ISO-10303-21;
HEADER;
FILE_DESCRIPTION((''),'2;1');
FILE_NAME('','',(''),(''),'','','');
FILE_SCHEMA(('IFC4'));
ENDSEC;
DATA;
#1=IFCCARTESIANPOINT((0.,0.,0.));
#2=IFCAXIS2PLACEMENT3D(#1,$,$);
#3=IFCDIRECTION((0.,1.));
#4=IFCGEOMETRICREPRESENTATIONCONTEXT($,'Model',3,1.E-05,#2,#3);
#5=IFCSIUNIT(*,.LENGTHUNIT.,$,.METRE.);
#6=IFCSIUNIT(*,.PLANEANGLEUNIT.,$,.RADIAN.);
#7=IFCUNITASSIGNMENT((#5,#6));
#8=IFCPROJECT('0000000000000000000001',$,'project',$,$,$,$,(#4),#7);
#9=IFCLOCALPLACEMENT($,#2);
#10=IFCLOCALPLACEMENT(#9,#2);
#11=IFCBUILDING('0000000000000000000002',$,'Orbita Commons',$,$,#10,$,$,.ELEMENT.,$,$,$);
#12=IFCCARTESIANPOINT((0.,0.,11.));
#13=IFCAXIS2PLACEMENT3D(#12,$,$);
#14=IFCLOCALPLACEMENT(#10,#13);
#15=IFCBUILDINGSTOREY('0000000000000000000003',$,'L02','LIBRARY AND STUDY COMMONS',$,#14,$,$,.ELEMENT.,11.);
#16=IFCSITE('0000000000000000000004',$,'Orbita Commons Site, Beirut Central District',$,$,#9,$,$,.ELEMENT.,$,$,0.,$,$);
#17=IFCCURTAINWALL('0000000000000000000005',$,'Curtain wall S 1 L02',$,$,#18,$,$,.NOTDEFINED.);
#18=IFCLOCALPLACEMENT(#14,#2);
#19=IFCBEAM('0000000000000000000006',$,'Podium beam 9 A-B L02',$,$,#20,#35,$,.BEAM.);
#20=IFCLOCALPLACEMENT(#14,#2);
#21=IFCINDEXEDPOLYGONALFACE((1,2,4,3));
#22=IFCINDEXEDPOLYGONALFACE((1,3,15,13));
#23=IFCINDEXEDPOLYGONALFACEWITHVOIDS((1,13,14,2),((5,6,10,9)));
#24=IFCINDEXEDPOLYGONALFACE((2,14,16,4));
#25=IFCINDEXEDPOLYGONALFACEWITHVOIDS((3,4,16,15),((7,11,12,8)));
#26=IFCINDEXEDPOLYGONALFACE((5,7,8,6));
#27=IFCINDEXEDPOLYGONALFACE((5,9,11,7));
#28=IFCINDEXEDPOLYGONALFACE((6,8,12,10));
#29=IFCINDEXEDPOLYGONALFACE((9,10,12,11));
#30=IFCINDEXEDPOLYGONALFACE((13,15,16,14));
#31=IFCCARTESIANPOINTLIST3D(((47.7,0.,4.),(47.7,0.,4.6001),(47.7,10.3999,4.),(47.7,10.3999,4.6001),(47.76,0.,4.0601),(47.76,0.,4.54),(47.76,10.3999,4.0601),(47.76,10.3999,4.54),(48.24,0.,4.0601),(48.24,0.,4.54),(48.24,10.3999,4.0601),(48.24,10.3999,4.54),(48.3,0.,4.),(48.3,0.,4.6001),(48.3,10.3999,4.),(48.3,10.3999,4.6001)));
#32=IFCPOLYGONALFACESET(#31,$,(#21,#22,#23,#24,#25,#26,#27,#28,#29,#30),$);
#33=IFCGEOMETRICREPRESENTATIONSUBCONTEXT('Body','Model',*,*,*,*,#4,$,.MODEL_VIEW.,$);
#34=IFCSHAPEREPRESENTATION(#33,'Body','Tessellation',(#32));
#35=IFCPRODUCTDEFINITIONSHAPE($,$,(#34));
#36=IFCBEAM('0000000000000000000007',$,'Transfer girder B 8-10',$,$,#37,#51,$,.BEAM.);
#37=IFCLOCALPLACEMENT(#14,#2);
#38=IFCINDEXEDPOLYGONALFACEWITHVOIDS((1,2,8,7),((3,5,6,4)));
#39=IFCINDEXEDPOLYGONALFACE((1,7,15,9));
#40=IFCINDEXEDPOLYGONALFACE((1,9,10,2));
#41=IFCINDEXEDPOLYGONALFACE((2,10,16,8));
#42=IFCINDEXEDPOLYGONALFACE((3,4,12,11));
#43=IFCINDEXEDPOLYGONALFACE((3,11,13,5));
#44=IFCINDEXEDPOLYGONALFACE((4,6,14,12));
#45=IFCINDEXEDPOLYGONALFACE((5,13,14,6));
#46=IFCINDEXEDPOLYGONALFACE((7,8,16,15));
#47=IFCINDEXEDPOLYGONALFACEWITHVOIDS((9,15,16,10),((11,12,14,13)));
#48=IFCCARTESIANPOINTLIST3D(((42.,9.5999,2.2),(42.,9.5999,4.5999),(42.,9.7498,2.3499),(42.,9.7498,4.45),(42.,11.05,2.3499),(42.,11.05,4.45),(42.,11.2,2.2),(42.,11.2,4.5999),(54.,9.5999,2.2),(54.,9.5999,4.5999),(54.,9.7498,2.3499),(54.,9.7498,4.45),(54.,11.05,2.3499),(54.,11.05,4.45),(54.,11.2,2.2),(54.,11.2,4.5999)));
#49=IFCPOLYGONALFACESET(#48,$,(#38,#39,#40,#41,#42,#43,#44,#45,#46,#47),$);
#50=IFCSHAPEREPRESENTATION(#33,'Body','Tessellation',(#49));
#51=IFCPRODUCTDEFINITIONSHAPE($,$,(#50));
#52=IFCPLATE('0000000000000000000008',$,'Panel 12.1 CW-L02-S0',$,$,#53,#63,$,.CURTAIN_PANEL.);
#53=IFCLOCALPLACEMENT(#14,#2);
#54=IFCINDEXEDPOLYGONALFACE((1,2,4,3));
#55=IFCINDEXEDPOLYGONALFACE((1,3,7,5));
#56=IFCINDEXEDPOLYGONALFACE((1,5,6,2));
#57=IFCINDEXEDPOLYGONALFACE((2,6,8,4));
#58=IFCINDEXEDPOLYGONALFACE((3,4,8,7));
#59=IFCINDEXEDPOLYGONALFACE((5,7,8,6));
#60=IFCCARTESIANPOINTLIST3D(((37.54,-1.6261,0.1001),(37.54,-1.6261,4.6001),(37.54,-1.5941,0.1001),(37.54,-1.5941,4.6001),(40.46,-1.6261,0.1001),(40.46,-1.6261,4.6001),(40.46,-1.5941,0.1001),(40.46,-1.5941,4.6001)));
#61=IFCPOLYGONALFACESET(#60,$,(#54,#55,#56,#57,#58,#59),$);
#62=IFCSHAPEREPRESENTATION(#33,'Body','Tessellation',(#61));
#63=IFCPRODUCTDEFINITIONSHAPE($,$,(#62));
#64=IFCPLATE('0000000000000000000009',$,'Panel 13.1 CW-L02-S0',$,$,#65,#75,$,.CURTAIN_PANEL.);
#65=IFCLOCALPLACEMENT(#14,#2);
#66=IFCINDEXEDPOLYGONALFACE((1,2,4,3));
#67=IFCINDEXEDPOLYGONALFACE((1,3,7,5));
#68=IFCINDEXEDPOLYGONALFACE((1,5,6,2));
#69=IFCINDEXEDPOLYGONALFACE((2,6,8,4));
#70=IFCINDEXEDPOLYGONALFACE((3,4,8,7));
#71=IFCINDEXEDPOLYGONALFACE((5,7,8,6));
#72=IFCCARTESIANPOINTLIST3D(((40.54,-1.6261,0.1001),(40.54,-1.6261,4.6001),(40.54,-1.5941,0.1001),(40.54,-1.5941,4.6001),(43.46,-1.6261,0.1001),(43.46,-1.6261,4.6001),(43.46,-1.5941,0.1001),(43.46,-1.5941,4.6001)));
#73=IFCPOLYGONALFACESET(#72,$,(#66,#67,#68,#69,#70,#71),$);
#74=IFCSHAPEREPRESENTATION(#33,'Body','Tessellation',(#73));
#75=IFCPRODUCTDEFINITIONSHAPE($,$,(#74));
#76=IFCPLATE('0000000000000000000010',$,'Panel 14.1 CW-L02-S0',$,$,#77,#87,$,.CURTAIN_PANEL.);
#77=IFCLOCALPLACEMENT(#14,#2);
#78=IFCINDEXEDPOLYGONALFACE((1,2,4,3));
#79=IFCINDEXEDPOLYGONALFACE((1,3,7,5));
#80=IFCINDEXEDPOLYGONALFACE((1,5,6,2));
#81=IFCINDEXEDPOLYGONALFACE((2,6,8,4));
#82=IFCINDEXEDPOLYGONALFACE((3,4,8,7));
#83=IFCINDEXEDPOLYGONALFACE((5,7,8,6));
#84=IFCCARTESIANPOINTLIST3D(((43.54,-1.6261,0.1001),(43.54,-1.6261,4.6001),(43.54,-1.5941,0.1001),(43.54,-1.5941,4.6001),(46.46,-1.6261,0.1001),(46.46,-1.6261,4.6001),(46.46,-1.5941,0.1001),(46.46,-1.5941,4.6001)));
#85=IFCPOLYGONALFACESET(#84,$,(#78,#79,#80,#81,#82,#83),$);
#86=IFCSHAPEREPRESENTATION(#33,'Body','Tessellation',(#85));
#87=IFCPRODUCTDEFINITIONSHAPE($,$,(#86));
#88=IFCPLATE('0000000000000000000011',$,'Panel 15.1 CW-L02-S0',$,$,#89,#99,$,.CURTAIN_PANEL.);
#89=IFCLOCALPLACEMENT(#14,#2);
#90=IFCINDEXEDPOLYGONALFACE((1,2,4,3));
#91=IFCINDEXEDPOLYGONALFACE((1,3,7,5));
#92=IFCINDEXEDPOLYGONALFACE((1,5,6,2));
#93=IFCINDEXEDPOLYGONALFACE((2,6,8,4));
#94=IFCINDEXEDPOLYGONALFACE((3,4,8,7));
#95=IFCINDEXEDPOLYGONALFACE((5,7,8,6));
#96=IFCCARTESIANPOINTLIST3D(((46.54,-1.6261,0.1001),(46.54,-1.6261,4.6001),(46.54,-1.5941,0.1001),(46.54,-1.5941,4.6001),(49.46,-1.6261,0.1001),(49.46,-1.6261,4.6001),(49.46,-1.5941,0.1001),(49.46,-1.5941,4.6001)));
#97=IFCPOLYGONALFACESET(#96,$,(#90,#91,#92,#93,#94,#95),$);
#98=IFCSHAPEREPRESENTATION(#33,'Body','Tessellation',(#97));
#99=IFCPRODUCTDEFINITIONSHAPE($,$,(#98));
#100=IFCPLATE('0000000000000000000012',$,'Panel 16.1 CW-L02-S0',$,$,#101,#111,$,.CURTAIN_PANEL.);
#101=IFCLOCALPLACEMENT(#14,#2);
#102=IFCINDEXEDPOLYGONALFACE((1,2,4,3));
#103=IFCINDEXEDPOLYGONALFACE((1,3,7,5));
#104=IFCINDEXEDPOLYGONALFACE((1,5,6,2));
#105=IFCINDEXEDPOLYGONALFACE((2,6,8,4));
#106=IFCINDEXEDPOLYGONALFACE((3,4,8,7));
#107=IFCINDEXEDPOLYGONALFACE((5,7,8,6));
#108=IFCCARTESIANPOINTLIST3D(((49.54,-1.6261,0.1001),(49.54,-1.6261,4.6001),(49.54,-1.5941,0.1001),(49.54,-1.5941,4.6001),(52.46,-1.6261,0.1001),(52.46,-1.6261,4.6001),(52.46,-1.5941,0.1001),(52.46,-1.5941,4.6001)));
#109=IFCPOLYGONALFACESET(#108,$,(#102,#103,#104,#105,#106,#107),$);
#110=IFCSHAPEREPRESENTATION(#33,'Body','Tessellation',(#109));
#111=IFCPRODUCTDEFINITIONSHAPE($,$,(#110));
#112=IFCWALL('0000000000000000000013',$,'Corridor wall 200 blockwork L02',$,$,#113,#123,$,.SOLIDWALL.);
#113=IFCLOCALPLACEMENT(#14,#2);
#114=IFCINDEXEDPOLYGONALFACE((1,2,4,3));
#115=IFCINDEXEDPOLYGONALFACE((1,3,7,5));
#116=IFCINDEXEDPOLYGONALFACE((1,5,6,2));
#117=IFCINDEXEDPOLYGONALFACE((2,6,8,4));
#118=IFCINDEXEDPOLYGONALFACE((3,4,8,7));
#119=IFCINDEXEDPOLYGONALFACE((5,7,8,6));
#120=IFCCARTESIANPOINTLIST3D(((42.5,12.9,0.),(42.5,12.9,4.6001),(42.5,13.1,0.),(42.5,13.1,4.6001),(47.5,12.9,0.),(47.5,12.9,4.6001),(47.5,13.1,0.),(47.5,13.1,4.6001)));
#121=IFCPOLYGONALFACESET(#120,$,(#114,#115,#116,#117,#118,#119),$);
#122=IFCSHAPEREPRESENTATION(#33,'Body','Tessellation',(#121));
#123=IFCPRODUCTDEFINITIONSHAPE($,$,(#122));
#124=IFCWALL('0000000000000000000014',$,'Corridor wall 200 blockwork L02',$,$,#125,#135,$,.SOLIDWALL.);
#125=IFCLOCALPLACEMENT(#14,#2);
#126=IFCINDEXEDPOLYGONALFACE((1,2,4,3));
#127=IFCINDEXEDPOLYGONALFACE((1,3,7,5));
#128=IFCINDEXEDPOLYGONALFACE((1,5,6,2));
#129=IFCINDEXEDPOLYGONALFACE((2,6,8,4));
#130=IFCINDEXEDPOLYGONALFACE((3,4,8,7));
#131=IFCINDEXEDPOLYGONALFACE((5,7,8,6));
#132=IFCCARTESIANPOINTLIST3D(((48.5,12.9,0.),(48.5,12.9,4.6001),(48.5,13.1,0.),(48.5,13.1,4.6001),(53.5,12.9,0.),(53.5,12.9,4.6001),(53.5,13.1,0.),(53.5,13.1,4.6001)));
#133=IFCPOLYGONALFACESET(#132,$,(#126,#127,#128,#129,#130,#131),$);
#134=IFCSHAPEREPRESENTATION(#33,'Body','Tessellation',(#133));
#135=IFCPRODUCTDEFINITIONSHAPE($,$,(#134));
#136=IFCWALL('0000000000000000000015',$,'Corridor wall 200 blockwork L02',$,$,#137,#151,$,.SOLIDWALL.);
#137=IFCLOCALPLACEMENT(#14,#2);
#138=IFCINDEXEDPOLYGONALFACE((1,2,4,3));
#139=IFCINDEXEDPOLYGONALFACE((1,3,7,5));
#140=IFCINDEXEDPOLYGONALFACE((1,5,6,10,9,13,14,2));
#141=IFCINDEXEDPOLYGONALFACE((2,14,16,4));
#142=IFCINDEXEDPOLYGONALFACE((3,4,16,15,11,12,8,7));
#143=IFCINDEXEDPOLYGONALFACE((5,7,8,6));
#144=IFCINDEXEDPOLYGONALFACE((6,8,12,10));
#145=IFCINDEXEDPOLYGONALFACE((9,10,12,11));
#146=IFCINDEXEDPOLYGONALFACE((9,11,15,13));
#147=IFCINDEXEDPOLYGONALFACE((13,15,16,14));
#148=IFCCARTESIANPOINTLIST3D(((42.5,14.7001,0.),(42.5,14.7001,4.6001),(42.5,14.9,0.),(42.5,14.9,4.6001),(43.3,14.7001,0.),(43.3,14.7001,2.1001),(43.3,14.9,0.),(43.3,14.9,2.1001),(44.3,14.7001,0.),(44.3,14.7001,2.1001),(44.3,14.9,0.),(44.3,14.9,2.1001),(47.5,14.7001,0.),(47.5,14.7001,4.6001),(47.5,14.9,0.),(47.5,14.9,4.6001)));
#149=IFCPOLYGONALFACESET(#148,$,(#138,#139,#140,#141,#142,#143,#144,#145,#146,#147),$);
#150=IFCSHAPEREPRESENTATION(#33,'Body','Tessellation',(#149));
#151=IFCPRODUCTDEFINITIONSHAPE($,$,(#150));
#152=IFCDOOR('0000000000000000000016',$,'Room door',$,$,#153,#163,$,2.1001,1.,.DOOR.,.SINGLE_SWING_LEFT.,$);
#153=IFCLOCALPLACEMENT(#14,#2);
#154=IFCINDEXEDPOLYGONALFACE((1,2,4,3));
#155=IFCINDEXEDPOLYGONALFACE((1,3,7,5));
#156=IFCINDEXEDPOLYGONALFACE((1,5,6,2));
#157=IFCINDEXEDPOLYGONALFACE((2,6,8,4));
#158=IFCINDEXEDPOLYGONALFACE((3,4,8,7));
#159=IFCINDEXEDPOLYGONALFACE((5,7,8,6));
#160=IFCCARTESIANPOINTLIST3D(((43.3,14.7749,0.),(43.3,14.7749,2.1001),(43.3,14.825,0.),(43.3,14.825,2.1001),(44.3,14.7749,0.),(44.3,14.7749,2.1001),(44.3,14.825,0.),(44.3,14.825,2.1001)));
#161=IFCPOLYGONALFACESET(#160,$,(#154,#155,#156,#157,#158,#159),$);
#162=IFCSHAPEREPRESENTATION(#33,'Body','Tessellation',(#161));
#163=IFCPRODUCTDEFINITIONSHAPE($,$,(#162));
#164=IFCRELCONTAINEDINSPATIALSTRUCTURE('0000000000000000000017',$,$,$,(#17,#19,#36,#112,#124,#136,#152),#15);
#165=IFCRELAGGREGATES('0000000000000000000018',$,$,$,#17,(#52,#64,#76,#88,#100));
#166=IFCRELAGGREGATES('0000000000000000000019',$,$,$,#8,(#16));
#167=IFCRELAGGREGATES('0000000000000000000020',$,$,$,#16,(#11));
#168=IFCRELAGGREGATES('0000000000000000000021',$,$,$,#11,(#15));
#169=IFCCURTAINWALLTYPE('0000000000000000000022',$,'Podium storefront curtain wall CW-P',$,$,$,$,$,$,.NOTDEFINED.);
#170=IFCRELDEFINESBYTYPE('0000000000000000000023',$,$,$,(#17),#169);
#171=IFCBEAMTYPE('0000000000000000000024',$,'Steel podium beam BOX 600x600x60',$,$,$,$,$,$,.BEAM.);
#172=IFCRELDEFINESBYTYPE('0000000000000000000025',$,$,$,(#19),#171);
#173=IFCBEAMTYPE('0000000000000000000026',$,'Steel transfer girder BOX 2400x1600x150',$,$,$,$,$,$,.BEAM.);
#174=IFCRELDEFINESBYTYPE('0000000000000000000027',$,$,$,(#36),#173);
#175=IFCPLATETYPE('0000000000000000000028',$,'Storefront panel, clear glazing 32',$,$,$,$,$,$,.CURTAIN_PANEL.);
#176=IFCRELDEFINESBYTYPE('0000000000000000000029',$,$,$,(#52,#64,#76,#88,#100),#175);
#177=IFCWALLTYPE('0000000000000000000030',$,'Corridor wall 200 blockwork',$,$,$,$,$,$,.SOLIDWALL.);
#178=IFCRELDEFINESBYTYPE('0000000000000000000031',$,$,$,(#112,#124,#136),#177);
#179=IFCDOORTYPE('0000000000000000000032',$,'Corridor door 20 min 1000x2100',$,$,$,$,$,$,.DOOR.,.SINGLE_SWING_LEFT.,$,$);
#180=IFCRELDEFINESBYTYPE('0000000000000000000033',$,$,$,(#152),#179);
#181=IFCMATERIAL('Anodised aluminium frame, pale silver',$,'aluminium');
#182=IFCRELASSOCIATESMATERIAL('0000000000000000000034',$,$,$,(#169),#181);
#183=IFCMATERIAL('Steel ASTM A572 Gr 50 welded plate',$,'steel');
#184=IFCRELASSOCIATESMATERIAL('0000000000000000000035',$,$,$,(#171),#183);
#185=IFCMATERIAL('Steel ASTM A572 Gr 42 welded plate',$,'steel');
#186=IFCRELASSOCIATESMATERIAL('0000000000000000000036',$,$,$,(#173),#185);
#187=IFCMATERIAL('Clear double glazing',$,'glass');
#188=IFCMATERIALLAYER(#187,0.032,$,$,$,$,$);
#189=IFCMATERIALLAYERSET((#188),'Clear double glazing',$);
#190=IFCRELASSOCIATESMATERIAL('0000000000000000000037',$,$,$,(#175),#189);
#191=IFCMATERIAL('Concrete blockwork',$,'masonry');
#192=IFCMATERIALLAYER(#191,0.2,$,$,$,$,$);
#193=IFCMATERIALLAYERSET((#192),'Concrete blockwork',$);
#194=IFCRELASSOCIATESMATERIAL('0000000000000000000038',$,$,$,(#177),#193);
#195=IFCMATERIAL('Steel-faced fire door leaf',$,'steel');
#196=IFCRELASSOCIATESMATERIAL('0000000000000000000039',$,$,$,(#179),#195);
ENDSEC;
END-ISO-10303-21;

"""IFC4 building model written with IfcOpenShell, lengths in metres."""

from ifc_helpers import new_model, si_unit, direction, frame, frame_2d, origin, origin_2d, place, context, subcontext, project, spatial, rectangle, hollow_rectangle, extrude, material, layer, layer_set, material_profile, profile_set, type_object, element, fill, aggregate, save


model = new_model("IFC4")

# Units and contexts
model_context = context("Model", 3, precision=1e-05, world=origin(), true_north=direction((0.0, 1.0)))
body_context = subcontext(model_context, "Body", "Model", "MODEL_VIEW")
ifc_project = project(units=[si_unit("LENGTHUNIT", "METRE"), si_unit("PLANEANGLEUNIT", "RADIAN")], contexts=[model_context])

# Site, building, storey
site_placement = place(None, origin())
site = spatial("IfcSite", under=ifc_project, at=site_placement, Name="Orbita Commons Site, Beirut Central District", CompositionType="ELEMENT", RefElevation=0.0)
building_placement = place(site_placement, origin())
building = spatial("IfcBuilding", under=site, at=building_placement, Name="Orbita Commons", CompositionType="ELEMENT")
storey_placement = place(building_placement, frame((0.0, 0.0, 11.0)))
storey = spatial("IfcBuildingStorey", under=building, at=storey_placement, Name="L02", Description="LIBRARY AND STUDY COMMONS", CompositionType="ELEMENT", Elevation=11.0)

# Curtain wall
ifc_material_1 = material(Name="Anodised aluminium frame, pale silver", Category="aluminium")
curtain_wall_type = type_object("IfcCurtainWallType", Name="Podium storefront curtain wall CW-P", PredefinedType="NOTDEFINED", material=ifc_material_1)
curtain_wall_placement = place(storey_placement, origin())
curtain_wall = element("IfcCurtainWall", 1, at=curtain_wall_placement, inside=storey, type_object=curtain_wall_type, Name="Curtain wall S 1 L02", PredefinedType="NOTDEFINED")

# Beams
ifc_material_2 = material(Name="Steel ASTM A572 Gr 50 welded plate", Category="steel")
ifc_material_profile_1 = material_profile(ifc_material_2, hollow_rectangle(XDim=0.6001, YDim=0.6001, WallThickness=0.0601, at=origin_2d()), Name="BOX 600x600x60")
ifc_profile_set_1 = profile_set([ifc_material_profile_1], Name="Steel ASTM A572 Gr 50 welded plate")
beam_type_1 = type_object("IfcBeamType", Name="Steel podium beam BOX 600x600x60", PredefinedType="BEAM", material=ifc_profile_set_1)
beam_1_placement = place(storey_placement, frame((48.0, 0.0, 4.3), z_axis=(0.0, 1.0, 0.0), x_axis=(-1.0, 0.0, 0.0)))
element("IfcBeam", 2, at=beam_1_placement, inside=storey, type_object=beam_type_1, Name="Podium beam 9 A-B L02", PredefinedType="BEAM", context=body_context, shape_type="SweptSolid", body=[
    extrude(hollow_rectangle(XDim=0.6001, YDim=0.6001, WallThickness=0.0601, at=origin_2d()), origin(), (0.0, 0.0, 1.0), 10.3999),
])
ifc_material_3 = material(Name="Steel ASTM A572 Gr 42 welded plate", Category="steel")
ifc_material_profile_2 = material_profile(ifc_material_3, hollow_rectangle(XDim=1.6001, YDim=2.3999, WallThickness=0.1499, at=origin_2d()), Name="BOX 2400x1600x150")
ifc_profile_set_2 = profile_set([ifc_material_profile_2], Name="Steel ASTM A572 Gr 42 welded plate")
beam_type_2 = type_object("IfcBeamType", Name="Steel transfer girder BOX 2400x1600x150", PredefinedType="BEAM", material=ifc_profile_set_2)
beam_2_placement = place(storey_placement, frame((42.0, 10.3999, 3.3999), z_axis=(1.0, 0.0, 0.0), x_axis=(0.0, 1.0, 0.0)))
element("IfcBeam", 3, at=beam_2_placement, inside=storey, type_object=beam_type_2, Name="Transfer girder B 8-10", PredefinedType="BEAM", context=body_context, shape_type="SweptSolid", body=[
    extrude(hollow_rectangle(XDim=1.6001, YDim=2.3999, WallThickness=0.1499, at=origin_2d()), origin(), (0.0, 0.0, 1.0), 12.0),
])

# Plates
ifc_material_4 = material(Name="Clear double glazing", Category="glass")
ifc_layer_1 = layer(ifc_material_4, 0.032)
ifc_layer_set_1 = layer_set([ifc_layer_1], Name="Clear double glazing")
plate_type = type_object("IfcPlateType", Name="Storefront panel, clear glazing 32", PredefinedType="CURTAIN_PANEL", material=ifc_layer_set_1)
plate_1_placement = place(storey_placement, frame((39.0, -1.6101, 0.1001), z_axis=(0.0, 0.0, 1.0), x_axis=(1.0, 0.0, 0.0)))
plate_1 = element("IfcPlate", 4, at=plate_1_placement, type_object=plate_type, Name="Panel 12.1 CW-L02-S0", PredefinedType="CURTAIN_PANEL", context=body_context, shape_type="SweptSolid", body=[
    extrude(rectangle(XDim=2.9199, YDim=0.032, at=origin_2d()), origin(), (0.0, 0.0, 1.0), 4.5),
])
plate_2_placement = place(storey_placement, frame((42.0, -1.6101, 0.1001), z_axis=(0.0, 0.0, 1.0), x_axis=(1.0, 0.0, 0.0)))
plate_2 = element("IfcPlate", 5, at=plate_2_placement, type_object=plate_type, Name="Panel 13.1 CW-L02-S0", PredefinedType="CURTAIN_PANEL", context=body_context, shape_type="SweptSolid", body=[
    extrude(rectangle(XDim=2.9199, YDim=0.032, at=origin_2d()), origin(), (0.0, 0.0, 1.0), 4.5),
])
plate_3_placement = place(storey_placement, frame((45.0, -1.6101, 0.1001), z_axis=(0.0, 0.0, 1.0), x_axis=(1.0, 0.0, 0.0)))
plate_3 = element("IfcPlate", 6, at=plate_3_placement, type_object=plate_type, Name="Panel 14.1 CW-L02-S0", PredefinedType="CURTAIN_PANEL", context=body_context, shape_type="SweptSolid", body=[
    extrude(rectangle(XDim=2.9199, YDim=0.032, at=origin_2d()), origin(), (0.0, 0.0, 1.0), 4.5),
])
plate_4_placement = place(storey_placement, frame((48.0, -1.6101, 0.1001), z_axis=(0.0, 0.0, 1.0), x_axis=(1.0, 0.0, 0.0)))
plate_4 = element("IfcPlate", 7, at=plate_4_placement, type_object=plate_type, Name="Panel 15.1 CW-L02-S0", PredefinedType="CURTAIN_PANEL", context=body_context, shape_type="SweptSolid", body=[
    extrude(rectangle(XDim=2.9199, YDim=0.032, at=origin_2d()), origin(), (0.0, 0.0, 1.0), 4.5),
])
plate_5_placement = place(storey_placement, frame((51.0, -1.6101, 0.1001), z_axis=(0.0, 0.0, 1.0), x_axis=(1.0, 0.0, 0.0)))
plate_5 = element("IfcPlate", 8, at=plate_5_placement, type_object=plate_type, Name="Panel 16.1 CW-L02-S0", PredefinedType="CURTAIN_PANEL", context=body_context, shape_type="SweptSolid", body=[
    extrude(rectangle(XDim=2.9199, YDim=0.032, at=origin_2d()), origin(), (0.0, 0.0, 1.0), 4.5),
])
aggregate(curtain_wall, [plate_1, plate_2, plate_3, plate_4, plate_5])

# Walls
ifc_material_5 = material(Name="Concrete blockwork", Category="masonry")
ifc_layer_2 = layer(ifc_material_5, 0.2)
ifc_layer_set_2 = layer_set([ifc_layer_2], Name="Concrete blockwork")
wall_type_1 = type_object("IfcWallType", Name="Corridor wall 200 blockwork", PredefinedType="SOLIDWALL", material=ifc_layer_set_2)
for number, where, z_axis, x_axis, name in (
    (9, (42.5, 13.0, 0.0), (0.0, 0.0, 1.0), (1.0, 0.0, 0.0), "Corridor wall 200 blockwork L02"),
    (10, (48.5, 13.0, 0.0), (0.0, 0.0, 1.0), (1.0, 0.0, 0.0), "Corridor wall 200 blockwork L02"),
):
    element("IfcWall", number, at=place(storey_placement, frame(where, z_axis=z_axis, x_axis=x_axis)), inside=storey, type_object=wall_type_1, Name=name, PredefinedType="SOLIDWALL", context=body_context, shape_type="SweptSolid", body=[
        extrude(rectangle(XDim=5.0, YDim=0.2, at=frame_2d((2.5, 0.0))), origin(), (0.0, 0.0, 1.0), 4.6001),
    ])

# Wall, opening, door
wall_1_placement = place(storey_placement, frame((42.5, 14.8, 0.0), z_axis=(0.0, 0.0, 1.0), x_axis=(1.0, 0.0, 0.0)))
wall_1 = element("IfcWall", 11, at=wall_1_placement, inside=storey, type_object=wall_type_1, Name="Corridor wall 200 blockwork L02", PredefinedType="SOLIDWALL", context=body_context, shape_type="SweptSolid", body=[
    extrude(rectangle(XDim=5.0, YDim=0.2, at=frame_2d((2.5, 0.0))), origin(), (0.0, 0.0, 1.0), 4.6001),
])
opening_1_placement = place(wall_1_placement, frame((0.8, 0.0, 0.0)))
opening_1 = element("IfcOpeningElement", 12, at=opening_1_placement, cuts=wall_1, PredefinedType="OPENING", context=body_context, shape_type="SweptSolid", body=[
    extrude(rectangle(XDim=1.0, YDim=2.1001, at=frame_2d((0.5, 1.05))), frame((0.0, 0.1099, 0.0), z_axis=(0.0, -1.0, 0.0), x_axis=(1.0, 0.0, 0.0)), (0.0, 0.0, 1.0), 0.22),
])
ifc_material_6 = material(Name="Steel-faced fire door leaf", Category="steel")
door_type_1 = type_object("IfcDoorType", Name="Corridor door 20 min 1000x2100", OperationType="SINGLE_SWING_LEFT", PredefinedType="DOOR", material=ifc_material_6)
door_1_placement = place(opening_1_placement, origin())
door_1 = element("IfcDoor", 13, at=door_1_placement, inside=storey, type_object=door_type_1, Name="Room door", OperationType="SINGLE_SWING_LEFT", OverallHeight=2.1001, OverallWidth=1.0, PredefinedType="DOOR", context=body_context, shape_type="SweptSolid", body=[
    extrude(rectangle(XDim=1.0, YDim=2.1001, at=frame_2d((0.5, 1.05))), frame((0.0, 0.0249, 0.0), z_axis=(0.0, -1.0, 0.0), x_axis=(1.0, 0.0, 0.0)), (0.0, 0.0, 1.0), 0.05),
])
fill(opening_1, door_1)

save(model, "model.ifc")
